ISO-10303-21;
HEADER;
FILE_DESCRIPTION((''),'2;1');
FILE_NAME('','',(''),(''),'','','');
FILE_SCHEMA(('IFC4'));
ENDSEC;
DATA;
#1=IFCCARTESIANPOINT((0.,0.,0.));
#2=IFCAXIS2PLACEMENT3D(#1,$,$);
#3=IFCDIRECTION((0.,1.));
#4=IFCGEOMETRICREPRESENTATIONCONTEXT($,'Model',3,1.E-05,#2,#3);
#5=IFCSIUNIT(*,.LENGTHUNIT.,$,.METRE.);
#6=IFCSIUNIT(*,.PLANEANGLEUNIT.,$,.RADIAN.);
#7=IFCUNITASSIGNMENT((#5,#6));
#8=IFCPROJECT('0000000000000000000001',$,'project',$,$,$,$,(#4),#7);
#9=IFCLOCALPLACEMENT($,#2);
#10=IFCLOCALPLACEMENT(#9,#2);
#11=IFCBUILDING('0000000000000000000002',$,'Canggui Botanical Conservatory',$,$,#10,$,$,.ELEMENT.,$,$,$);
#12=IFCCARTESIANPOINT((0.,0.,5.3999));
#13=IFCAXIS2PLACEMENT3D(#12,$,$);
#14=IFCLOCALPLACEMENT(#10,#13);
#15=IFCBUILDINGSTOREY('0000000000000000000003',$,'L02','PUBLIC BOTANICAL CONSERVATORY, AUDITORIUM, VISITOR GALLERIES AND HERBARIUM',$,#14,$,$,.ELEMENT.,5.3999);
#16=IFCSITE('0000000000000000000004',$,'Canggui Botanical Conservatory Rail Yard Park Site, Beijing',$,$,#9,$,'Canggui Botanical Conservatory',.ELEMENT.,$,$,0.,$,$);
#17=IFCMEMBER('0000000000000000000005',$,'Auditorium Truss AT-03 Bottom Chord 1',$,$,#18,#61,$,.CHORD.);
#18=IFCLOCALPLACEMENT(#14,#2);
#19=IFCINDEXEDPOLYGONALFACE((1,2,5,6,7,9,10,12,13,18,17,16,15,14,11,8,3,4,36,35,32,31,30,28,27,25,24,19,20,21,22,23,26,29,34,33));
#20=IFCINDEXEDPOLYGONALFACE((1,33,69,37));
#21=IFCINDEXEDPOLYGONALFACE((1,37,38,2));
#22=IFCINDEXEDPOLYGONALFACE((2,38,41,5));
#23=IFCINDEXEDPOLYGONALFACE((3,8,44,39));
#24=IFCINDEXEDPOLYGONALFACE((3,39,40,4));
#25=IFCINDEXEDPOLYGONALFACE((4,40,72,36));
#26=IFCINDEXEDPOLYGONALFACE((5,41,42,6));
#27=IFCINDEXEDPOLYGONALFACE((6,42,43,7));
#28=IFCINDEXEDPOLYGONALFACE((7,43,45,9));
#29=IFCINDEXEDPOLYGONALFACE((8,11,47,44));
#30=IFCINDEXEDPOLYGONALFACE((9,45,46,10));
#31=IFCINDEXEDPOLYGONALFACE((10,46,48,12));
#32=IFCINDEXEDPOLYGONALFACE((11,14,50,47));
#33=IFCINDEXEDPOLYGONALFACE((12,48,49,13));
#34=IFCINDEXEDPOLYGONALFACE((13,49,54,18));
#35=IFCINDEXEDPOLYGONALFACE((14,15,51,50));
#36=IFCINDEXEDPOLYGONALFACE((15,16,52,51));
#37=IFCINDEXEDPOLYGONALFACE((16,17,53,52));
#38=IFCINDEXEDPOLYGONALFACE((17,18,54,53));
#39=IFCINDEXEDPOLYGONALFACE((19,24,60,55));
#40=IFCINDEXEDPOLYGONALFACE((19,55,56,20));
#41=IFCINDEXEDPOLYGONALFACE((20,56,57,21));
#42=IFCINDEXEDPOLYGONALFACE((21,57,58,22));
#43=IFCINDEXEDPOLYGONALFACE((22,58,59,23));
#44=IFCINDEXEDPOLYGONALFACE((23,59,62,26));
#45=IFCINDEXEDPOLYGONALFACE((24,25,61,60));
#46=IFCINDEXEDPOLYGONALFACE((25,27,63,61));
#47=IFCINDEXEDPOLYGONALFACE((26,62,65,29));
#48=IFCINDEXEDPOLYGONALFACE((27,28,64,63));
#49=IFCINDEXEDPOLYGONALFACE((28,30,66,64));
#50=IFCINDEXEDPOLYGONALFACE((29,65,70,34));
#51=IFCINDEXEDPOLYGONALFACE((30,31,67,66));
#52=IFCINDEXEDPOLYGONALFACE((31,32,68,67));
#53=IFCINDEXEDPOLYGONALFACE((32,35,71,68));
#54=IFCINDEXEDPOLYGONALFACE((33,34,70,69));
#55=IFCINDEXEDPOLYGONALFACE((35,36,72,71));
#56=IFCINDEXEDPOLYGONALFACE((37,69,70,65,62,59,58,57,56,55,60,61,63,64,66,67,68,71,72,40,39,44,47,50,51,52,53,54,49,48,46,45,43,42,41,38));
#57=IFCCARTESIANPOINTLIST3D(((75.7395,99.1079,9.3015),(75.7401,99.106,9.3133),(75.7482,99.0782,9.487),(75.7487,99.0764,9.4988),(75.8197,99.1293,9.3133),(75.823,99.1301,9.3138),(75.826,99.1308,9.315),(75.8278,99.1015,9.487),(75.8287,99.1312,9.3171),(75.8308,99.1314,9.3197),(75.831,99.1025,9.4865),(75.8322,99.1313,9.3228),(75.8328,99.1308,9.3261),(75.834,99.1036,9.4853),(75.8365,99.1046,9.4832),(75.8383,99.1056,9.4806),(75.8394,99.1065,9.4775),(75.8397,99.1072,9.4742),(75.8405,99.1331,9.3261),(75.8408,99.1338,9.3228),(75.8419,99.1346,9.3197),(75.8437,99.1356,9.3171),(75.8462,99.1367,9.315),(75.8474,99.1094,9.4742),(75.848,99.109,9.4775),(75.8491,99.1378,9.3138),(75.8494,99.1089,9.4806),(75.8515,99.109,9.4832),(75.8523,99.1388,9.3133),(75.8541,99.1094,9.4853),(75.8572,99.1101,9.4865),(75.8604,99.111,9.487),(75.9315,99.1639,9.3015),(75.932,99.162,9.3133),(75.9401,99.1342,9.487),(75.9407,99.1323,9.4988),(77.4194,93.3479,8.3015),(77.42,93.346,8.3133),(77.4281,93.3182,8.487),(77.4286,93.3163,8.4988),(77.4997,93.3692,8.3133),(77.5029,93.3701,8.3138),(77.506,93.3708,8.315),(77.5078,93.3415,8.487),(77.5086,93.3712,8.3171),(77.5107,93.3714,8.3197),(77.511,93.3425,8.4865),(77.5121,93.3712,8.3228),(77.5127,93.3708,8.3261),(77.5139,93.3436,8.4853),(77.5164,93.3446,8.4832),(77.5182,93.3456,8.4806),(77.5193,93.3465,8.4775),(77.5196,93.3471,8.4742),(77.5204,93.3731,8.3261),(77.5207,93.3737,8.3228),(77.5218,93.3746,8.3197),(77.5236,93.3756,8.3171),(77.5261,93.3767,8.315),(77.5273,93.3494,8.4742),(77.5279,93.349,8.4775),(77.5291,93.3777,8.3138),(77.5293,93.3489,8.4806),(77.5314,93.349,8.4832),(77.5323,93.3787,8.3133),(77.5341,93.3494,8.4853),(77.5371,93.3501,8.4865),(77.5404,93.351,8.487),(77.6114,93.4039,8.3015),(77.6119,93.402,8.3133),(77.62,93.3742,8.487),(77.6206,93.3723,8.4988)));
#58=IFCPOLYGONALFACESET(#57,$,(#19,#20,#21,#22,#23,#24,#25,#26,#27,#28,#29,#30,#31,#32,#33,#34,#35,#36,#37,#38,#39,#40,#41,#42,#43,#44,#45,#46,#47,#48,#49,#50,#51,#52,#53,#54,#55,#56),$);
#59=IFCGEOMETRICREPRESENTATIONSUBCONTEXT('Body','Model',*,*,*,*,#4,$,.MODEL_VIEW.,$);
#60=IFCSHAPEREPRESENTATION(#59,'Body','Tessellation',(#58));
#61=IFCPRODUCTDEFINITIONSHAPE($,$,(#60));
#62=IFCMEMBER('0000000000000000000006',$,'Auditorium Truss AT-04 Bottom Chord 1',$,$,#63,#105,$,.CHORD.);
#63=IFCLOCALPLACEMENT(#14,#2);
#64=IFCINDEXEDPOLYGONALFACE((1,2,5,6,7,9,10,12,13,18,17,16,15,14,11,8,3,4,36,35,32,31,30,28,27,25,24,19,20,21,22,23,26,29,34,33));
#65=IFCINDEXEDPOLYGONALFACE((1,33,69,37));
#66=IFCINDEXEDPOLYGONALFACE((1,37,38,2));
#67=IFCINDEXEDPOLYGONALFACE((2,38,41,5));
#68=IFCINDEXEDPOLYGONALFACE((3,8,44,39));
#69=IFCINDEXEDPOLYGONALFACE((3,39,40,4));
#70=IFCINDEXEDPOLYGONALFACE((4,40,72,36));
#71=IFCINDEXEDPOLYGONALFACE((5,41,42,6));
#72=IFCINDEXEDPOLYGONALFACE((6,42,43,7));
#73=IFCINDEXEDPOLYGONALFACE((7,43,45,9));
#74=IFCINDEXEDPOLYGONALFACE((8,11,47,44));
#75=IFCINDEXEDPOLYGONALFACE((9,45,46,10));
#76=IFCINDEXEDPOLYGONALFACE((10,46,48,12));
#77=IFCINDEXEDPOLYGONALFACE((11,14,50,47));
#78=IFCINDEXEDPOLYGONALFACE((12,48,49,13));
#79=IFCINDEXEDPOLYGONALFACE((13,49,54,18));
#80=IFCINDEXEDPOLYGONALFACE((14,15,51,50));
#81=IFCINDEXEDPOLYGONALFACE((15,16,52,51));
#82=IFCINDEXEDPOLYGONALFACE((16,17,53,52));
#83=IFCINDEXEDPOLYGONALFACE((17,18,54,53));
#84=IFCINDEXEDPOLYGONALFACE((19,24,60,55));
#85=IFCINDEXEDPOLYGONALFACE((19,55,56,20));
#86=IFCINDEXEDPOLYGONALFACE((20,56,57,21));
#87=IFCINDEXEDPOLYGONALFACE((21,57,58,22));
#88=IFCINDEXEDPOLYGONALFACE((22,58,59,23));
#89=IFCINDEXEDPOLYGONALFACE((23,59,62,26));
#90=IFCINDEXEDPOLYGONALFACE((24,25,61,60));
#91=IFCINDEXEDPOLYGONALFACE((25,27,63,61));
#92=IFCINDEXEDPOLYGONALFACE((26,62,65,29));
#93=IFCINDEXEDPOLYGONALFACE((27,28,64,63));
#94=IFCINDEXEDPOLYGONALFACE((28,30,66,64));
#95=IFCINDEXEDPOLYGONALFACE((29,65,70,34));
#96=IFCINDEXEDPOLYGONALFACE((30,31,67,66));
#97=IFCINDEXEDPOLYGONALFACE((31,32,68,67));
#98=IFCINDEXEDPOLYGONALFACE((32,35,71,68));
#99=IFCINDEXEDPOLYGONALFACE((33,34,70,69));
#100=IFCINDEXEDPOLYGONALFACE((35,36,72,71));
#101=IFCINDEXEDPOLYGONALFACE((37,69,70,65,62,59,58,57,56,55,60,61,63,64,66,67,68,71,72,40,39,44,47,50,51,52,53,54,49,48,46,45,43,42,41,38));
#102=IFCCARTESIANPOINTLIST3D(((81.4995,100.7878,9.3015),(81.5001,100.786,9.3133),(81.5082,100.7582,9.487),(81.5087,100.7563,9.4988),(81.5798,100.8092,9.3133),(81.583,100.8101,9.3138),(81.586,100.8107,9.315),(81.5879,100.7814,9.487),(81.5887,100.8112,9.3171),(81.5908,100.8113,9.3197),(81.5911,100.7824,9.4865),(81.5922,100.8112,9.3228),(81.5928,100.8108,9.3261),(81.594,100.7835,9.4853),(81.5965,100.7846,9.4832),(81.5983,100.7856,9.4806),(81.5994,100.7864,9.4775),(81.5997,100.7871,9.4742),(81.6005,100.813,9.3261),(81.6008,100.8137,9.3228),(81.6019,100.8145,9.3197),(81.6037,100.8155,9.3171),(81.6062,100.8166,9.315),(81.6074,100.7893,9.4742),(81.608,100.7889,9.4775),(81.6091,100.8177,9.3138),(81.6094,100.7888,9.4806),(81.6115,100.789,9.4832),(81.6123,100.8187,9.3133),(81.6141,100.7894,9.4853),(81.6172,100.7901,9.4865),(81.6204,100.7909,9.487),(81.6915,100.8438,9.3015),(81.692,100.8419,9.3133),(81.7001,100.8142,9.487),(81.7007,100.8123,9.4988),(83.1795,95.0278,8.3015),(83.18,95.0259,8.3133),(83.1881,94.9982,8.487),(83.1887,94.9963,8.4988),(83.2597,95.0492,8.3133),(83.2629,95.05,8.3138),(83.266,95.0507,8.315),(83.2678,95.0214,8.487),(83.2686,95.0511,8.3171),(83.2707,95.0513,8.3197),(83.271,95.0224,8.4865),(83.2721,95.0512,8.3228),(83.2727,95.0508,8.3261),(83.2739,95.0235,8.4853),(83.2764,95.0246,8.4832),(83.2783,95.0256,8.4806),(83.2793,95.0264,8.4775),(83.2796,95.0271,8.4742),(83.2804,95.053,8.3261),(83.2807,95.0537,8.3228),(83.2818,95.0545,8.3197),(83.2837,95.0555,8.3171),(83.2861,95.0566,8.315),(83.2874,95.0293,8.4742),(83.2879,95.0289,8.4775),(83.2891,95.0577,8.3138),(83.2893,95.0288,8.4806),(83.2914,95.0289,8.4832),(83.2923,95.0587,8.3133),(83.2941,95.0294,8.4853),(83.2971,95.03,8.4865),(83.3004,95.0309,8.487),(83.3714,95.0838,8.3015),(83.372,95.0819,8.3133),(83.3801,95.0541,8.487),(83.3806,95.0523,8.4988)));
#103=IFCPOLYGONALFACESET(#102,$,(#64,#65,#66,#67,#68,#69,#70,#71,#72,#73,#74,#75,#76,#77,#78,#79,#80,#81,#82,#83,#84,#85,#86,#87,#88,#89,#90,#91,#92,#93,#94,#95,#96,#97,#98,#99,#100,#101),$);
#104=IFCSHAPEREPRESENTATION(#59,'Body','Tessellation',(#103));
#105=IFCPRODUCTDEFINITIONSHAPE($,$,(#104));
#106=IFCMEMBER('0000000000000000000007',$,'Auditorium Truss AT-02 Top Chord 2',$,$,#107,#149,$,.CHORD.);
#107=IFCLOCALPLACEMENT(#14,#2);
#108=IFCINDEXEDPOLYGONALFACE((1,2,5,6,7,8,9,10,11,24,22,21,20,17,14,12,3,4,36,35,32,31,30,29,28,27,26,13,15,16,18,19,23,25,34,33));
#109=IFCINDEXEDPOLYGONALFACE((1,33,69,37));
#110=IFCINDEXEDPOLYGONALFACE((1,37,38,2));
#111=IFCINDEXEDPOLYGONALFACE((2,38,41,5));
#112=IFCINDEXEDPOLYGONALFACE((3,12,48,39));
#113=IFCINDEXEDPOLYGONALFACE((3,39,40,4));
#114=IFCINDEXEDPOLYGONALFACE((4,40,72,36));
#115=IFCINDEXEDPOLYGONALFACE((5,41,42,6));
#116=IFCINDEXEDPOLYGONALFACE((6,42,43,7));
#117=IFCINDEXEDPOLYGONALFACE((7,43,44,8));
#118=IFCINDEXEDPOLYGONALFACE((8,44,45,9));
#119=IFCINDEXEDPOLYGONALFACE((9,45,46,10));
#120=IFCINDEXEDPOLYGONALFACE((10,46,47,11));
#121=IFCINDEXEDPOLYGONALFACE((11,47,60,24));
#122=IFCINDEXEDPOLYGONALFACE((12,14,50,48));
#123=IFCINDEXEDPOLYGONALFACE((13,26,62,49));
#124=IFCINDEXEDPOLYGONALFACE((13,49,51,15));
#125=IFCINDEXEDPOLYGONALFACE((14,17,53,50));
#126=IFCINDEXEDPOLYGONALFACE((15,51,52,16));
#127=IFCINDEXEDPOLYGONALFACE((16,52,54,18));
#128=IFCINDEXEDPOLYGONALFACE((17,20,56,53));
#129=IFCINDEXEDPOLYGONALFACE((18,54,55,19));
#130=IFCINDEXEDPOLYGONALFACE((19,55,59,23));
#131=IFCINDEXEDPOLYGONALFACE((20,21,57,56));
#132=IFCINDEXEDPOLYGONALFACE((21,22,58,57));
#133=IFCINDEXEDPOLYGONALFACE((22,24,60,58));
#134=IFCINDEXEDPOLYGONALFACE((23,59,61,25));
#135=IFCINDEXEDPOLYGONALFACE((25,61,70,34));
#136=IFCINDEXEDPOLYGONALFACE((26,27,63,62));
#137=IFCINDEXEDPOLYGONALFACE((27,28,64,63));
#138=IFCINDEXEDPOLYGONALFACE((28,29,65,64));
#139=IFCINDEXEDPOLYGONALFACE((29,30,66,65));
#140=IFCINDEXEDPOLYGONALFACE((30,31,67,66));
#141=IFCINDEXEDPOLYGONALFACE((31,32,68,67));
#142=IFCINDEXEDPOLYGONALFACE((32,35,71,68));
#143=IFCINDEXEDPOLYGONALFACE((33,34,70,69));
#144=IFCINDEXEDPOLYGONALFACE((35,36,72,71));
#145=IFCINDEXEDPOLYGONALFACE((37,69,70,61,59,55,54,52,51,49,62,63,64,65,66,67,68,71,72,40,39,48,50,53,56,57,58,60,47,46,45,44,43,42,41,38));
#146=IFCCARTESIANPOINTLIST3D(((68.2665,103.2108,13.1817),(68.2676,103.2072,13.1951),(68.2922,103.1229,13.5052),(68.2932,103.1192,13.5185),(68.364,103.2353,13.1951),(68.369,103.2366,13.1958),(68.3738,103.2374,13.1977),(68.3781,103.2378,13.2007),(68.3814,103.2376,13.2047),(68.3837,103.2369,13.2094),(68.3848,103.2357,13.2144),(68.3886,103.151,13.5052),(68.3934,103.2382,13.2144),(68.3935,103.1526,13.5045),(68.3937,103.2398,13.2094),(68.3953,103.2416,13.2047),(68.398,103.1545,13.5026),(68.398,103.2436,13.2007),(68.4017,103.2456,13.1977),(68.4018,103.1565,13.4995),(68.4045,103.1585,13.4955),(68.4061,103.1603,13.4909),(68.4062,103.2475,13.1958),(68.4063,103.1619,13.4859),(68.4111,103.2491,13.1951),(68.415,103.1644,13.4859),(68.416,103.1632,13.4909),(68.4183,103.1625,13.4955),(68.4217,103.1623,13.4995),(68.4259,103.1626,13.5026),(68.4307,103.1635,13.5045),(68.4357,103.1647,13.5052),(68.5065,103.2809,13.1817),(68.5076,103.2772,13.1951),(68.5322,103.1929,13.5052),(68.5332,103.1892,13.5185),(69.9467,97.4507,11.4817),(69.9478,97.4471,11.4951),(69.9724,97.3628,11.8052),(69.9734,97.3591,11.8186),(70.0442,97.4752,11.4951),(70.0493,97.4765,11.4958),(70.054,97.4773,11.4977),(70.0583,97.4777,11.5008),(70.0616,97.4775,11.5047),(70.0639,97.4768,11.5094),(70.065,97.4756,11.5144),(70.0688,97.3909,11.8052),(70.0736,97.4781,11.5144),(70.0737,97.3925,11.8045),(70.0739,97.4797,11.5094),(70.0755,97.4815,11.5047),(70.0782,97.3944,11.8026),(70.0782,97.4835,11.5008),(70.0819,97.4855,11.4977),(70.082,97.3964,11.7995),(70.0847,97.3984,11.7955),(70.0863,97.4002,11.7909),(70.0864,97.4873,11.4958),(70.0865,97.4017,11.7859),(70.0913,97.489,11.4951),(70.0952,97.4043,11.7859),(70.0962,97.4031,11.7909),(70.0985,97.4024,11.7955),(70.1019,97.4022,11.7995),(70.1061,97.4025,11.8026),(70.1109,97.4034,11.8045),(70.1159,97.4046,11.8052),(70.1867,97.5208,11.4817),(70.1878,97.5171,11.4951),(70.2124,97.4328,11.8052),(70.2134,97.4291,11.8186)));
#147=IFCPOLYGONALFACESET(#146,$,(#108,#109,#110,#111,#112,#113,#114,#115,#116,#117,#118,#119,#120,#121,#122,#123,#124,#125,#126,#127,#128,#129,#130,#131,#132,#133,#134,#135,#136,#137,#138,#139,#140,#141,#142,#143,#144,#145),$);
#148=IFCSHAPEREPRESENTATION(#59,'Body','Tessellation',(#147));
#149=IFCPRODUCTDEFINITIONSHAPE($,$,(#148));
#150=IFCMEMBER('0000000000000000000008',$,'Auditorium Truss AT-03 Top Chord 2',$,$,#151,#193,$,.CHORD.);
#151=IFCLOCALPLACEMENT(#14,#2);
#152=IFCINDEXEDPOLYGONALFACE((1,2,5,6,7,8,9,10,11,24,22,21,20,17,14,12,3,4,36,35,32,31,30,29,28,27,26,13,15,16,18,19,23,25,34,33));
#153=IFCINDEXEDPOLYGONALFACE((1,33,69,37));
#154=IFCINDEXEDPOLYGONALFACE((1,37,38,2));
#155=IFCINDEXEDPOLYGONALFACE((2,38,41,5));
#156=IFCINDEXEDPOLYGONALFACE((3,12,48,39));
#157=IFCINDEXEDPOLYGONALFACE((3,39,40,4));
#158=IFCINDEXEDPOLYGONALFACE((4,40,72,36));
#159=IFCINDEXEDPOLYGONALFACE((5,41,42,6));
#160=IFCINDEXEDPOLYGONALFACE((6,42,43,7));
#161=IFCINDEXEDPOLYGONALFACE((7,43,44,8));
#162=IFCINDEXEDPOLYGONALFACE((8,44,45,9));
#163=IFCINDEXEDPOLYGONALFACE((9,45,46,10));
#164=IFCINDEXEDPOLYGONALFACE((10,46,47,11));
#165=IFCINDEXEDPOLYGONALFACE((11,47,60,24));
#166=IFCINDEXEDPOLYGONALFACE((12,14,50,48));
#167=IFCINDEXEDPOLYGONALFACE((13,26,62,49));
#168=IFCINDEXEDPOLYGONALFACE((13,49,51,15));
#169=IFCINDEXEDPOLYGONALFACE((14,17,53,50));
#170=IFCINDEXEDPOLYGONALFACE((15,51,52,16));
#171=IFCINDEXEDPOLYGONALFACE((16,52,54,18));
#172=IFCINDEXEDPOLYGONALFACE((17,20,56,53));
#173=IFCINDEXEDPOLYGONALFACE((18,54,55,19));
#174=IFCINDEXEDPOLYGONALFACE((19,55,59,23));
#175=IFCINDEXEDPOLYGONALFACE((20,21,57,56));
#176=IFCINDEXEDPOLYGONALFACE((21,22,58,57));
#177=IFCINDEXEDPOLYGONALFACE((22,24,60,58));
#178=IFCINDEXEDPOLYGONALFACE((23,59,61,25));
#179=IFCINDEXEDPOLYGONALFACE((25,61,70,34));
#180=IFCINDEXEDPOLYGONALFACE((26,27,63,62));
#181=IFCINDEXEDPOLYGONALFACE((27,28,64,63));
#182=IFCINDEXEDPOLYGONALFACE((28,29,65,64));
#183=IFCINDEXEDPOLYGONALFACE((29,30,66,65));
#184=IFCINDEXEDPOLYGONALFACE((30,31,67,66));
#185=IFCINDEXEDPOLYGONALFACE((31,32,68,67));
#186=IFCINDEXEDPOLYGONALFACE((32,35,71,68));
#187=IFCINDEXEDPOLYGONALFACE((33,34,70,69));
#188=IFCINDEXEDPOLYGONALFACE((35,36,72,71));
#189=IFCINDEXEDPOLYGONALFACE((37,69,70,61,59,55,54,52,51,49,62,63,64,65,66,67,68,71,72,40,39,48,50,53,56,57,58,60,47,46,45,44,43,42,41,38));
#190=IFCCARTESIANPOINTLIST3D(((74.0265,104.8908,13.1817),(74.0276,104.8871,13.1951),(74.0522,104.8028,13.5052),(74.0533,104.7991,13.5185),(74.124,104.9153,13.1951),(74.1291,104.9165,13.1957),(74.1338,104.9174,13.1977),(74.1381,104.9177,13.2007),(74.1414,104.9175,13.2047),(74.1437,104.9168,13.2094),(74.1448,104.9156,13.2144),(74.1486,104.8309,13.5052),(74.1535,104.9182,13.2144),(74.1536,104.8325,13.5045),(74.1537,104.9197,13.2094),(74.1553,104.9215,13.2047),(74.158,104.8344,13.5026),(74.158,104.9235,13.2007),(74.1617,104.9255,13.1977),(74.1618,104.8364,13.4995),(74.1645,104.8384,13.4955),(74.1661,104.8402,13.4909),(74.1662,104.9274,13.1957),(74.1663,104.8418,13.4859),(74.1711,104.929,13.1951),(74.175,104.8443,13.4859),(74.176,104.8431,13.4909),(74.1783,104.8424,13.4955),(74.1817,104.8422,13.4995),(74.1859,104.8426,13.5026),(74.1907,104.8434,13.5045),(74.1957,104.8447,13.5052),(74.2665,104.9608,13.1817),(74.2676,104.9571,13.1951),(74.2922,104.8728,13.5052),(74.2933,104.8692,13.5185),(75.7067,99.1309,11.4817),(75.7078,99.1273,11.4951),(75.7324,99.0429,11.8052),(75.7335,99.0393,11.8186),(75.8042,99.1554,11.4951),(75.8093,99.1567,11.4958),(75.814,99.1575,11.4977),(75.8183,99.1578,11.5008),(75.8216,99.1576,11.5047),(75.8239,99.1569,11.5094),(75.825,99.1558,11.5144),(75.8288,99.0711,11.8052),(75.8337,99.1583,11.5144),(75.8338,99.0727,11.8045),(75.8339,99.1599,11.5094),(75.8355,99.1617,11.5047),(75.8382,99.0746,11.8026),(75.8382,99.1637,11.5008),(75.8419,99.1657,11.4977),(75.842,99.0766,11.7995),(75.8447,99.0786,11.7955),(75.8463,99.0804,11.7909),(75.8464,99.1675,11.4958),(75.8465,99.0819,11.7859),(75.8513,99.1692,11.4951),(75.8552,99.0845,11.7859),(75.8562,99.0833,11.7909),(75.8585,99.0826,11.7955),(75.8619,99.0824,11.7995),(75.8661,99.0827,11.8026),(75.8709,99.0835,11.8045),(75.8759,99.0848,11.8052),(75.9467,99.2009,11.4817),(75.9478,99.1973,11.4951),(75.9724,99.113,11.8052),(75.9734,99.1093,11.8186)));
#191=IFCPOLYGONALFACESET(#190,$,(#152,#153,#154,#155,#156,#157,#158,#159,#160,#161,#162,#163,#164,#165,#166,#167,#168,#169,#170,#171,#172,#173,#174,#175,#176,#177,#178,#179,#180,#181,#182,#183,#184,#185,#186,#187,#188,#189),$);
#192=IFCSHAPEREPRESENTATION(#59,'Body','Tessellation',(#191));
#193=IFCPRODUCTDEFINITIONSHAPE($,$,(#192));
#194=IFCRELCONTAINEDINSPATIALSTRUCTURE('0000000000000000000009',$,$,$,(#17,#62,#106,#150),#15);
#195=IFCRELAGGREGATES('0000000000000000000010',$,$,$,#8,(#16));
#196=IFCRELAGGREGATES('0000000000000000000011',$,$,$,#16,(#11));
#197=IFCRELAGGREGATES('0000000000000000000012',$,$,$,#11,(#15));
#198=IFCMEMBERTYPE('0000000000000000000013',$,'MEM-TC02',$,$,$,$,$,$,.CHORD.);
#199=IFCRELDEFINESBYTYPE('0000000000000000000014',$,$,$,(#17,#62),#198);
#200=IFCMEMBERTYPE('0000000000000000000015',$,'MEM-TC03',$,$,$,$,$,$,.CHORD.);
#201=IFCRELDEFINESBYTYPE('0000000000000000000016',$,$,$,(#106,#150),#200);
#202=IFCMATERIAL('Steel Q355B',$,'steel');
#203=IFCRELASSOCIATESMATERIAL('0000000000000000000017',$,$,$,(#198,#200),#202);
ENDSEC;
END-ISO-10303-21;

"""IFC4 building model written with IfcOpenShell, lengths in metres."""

from ifc_helpers import new_model, si_unit, direction, frame, origin, origin_2d, place, context, subcontext, project, spatial, i_section, extrude, material, material_profile, profile_set, type_object, element, save


model = new_model("IFC4")

# Units and contexts
model_context = context("Model", 3, precision=1e-05, world=origin(), true_north=direction((0.0, 1.0)))
body_context = subcontext(model_context, "Body", "Model", "MODEL_VIEW")
ifc_project = project(units=[si_unit("LENGTHUNIT", "METRE"), si_unit("PLANEANGLEUNIT", "RADIAN")], contexts=[model_context])

# Site, building, storey
site_placement = place(None, origin())
site = spatial("IfcSite", under=ifc_project, at=site_placement, Name="Canggui Botanical Conservatory Rail Yard Park Site, Beijing", LongName="Canggui Botanical Conservatory", CompositionType="ELEMENT", RefElevation=0.0)
building_placement = place(site_placement, origin())
building = spatial("IfcBuilding", under=site, at=building_placement, Name="Canggui Botanical Conservatory", CompositionType="ELEMENT")
storey_placement = place(building_placement, frame((0.0, 0.0, 5.3999)))
storey = spatial("IfcBuildingStorey", under=building, at=storey_placement, Name="L02", Description="PUBLIC BOTANICAL CONSERVATORY, AUDITORIUM, VISITOR GALLERIES AND HERBARIUM", CompositionType="ELEMENT", Elevation=5.3999)

# Shared definitions
ifc_material_1 = material(Name="Steel Q355B", Category="steel")

# Members
ifc_material_profile_1 = material_profile(ifc_material_1, i_section(OverallWidth=0.2, OverallDepth=0.2, WebThickness=0.0081, FlangeThickness=0.012, FilletRadius=0.0129, at=origin_2d()), Name="HW 200x200x8x12")
ifc_profile_set_1 = profile_set([ifc_material_profile_1], Name="Steel Q355B")
member_type_1 = type_object("IfcMemberType", Name="MEM-TC02", PredefinedType="CHORD", material=ifc_profile_set_1)
for number, where, z_axis, x_axis, name in (
    (1, (77.52, 93.3601, 8.4001), (-0.276179, 0.946941, 0.164399), (-0.960003, -0.279989, 0.0), "Auditorium Truss AT-03 Bottom Chord 1"),
    (2, (83.28, 95.04, 8.4001), (-0.276179, 0.946941, 0.164399), (-0.960003, -0.279989, 0.0), "Auditorium Truss AT-04 Bottom Chord 1"),
):
    element("IfcMember", number, at=place(storey_placement, frame(where, z_axis=z_axis, x_axis=x_axis)), inside=storey, type_object=member_type_1, Name=name, PredefinedType="CHORD", context=body_context, shape_type="SweptSolid", body=[
        extrude(i_section(OverallWidth=0.2, OverallDepth=0.2, WebThickness=0.0081, FlangeThickness=0.012, FilletRadius=0.0129, at=origin_2d()), origin(), (0.0, 0.0, 1.0), 6.0828),
    ])
ifc_material_profile_2 = material_profile(ifc_material_1, i_section(OverallWidth=0.25, OverallDepth=0.3501, WebThickness=0.009, FlangeThickness=0.0139, FilletRadius=0.02, at=origin_2d()), Name="HM 350x250x9x14")
ifc_profile_set_2 = profile_set([ifc_material_profile_2], Name="Steel Q355B")
member_type_2 = type_object("IfcMemberType", Name="MEM-TC03", PredefinedType="CHORD", material=ifc_profile_set_2)
member_1_placement = place(storey_placement, frame((70.0801, 97.4399, 11.6501), z_axis=(-0.269422, 0.923637, 0.272593), x_axis=(-0.959992, -0.280027, 0.0)))
element("IfcMember", 3, at=member_1_placement, inside=storey, type_object=member_type_2, Name="Auditorium Truss AT-02 Top Chord 2", PredefinedType="CHORD", context=body_context, shape_type="SweptSolid", body=[
    extrude(i_section(OverallWidth=0.25, OverallDepth=0.3501, WebThickness=0.009, FlangeThickness=0.0139, FilletRadius=0.02, at=origin_2d()), origin(), (0.0, 0.0, 1.0), 6.2363),
])
member_2_placement = place(storey_placement, frame((75.8401, 99.1201, 11.6501), z_axis=(-0.269432, 0.923631, 0.272603), x_axis=(-0.959989, -0.280038, 0.0)))
element("IfcMember", 4, at=member_2_placement, inside=storey, type_object=member_type_2, Name="Auditorium Truss AT-03 Top Chord 2", PredefinedType="CHORD", context=body_context, shape_type="SweptSolid", body=[
    extrude(i_section(OverallWidth=0.25, OverallDepth=0.3501, WebThickness=0.009, FlangeThickness=0.0139, FilletRadius=0.02, at=origin_2d()), origin(), (0.0, 0.0, 1.0), 6.2361),
])

save(model, "model.ifc")
